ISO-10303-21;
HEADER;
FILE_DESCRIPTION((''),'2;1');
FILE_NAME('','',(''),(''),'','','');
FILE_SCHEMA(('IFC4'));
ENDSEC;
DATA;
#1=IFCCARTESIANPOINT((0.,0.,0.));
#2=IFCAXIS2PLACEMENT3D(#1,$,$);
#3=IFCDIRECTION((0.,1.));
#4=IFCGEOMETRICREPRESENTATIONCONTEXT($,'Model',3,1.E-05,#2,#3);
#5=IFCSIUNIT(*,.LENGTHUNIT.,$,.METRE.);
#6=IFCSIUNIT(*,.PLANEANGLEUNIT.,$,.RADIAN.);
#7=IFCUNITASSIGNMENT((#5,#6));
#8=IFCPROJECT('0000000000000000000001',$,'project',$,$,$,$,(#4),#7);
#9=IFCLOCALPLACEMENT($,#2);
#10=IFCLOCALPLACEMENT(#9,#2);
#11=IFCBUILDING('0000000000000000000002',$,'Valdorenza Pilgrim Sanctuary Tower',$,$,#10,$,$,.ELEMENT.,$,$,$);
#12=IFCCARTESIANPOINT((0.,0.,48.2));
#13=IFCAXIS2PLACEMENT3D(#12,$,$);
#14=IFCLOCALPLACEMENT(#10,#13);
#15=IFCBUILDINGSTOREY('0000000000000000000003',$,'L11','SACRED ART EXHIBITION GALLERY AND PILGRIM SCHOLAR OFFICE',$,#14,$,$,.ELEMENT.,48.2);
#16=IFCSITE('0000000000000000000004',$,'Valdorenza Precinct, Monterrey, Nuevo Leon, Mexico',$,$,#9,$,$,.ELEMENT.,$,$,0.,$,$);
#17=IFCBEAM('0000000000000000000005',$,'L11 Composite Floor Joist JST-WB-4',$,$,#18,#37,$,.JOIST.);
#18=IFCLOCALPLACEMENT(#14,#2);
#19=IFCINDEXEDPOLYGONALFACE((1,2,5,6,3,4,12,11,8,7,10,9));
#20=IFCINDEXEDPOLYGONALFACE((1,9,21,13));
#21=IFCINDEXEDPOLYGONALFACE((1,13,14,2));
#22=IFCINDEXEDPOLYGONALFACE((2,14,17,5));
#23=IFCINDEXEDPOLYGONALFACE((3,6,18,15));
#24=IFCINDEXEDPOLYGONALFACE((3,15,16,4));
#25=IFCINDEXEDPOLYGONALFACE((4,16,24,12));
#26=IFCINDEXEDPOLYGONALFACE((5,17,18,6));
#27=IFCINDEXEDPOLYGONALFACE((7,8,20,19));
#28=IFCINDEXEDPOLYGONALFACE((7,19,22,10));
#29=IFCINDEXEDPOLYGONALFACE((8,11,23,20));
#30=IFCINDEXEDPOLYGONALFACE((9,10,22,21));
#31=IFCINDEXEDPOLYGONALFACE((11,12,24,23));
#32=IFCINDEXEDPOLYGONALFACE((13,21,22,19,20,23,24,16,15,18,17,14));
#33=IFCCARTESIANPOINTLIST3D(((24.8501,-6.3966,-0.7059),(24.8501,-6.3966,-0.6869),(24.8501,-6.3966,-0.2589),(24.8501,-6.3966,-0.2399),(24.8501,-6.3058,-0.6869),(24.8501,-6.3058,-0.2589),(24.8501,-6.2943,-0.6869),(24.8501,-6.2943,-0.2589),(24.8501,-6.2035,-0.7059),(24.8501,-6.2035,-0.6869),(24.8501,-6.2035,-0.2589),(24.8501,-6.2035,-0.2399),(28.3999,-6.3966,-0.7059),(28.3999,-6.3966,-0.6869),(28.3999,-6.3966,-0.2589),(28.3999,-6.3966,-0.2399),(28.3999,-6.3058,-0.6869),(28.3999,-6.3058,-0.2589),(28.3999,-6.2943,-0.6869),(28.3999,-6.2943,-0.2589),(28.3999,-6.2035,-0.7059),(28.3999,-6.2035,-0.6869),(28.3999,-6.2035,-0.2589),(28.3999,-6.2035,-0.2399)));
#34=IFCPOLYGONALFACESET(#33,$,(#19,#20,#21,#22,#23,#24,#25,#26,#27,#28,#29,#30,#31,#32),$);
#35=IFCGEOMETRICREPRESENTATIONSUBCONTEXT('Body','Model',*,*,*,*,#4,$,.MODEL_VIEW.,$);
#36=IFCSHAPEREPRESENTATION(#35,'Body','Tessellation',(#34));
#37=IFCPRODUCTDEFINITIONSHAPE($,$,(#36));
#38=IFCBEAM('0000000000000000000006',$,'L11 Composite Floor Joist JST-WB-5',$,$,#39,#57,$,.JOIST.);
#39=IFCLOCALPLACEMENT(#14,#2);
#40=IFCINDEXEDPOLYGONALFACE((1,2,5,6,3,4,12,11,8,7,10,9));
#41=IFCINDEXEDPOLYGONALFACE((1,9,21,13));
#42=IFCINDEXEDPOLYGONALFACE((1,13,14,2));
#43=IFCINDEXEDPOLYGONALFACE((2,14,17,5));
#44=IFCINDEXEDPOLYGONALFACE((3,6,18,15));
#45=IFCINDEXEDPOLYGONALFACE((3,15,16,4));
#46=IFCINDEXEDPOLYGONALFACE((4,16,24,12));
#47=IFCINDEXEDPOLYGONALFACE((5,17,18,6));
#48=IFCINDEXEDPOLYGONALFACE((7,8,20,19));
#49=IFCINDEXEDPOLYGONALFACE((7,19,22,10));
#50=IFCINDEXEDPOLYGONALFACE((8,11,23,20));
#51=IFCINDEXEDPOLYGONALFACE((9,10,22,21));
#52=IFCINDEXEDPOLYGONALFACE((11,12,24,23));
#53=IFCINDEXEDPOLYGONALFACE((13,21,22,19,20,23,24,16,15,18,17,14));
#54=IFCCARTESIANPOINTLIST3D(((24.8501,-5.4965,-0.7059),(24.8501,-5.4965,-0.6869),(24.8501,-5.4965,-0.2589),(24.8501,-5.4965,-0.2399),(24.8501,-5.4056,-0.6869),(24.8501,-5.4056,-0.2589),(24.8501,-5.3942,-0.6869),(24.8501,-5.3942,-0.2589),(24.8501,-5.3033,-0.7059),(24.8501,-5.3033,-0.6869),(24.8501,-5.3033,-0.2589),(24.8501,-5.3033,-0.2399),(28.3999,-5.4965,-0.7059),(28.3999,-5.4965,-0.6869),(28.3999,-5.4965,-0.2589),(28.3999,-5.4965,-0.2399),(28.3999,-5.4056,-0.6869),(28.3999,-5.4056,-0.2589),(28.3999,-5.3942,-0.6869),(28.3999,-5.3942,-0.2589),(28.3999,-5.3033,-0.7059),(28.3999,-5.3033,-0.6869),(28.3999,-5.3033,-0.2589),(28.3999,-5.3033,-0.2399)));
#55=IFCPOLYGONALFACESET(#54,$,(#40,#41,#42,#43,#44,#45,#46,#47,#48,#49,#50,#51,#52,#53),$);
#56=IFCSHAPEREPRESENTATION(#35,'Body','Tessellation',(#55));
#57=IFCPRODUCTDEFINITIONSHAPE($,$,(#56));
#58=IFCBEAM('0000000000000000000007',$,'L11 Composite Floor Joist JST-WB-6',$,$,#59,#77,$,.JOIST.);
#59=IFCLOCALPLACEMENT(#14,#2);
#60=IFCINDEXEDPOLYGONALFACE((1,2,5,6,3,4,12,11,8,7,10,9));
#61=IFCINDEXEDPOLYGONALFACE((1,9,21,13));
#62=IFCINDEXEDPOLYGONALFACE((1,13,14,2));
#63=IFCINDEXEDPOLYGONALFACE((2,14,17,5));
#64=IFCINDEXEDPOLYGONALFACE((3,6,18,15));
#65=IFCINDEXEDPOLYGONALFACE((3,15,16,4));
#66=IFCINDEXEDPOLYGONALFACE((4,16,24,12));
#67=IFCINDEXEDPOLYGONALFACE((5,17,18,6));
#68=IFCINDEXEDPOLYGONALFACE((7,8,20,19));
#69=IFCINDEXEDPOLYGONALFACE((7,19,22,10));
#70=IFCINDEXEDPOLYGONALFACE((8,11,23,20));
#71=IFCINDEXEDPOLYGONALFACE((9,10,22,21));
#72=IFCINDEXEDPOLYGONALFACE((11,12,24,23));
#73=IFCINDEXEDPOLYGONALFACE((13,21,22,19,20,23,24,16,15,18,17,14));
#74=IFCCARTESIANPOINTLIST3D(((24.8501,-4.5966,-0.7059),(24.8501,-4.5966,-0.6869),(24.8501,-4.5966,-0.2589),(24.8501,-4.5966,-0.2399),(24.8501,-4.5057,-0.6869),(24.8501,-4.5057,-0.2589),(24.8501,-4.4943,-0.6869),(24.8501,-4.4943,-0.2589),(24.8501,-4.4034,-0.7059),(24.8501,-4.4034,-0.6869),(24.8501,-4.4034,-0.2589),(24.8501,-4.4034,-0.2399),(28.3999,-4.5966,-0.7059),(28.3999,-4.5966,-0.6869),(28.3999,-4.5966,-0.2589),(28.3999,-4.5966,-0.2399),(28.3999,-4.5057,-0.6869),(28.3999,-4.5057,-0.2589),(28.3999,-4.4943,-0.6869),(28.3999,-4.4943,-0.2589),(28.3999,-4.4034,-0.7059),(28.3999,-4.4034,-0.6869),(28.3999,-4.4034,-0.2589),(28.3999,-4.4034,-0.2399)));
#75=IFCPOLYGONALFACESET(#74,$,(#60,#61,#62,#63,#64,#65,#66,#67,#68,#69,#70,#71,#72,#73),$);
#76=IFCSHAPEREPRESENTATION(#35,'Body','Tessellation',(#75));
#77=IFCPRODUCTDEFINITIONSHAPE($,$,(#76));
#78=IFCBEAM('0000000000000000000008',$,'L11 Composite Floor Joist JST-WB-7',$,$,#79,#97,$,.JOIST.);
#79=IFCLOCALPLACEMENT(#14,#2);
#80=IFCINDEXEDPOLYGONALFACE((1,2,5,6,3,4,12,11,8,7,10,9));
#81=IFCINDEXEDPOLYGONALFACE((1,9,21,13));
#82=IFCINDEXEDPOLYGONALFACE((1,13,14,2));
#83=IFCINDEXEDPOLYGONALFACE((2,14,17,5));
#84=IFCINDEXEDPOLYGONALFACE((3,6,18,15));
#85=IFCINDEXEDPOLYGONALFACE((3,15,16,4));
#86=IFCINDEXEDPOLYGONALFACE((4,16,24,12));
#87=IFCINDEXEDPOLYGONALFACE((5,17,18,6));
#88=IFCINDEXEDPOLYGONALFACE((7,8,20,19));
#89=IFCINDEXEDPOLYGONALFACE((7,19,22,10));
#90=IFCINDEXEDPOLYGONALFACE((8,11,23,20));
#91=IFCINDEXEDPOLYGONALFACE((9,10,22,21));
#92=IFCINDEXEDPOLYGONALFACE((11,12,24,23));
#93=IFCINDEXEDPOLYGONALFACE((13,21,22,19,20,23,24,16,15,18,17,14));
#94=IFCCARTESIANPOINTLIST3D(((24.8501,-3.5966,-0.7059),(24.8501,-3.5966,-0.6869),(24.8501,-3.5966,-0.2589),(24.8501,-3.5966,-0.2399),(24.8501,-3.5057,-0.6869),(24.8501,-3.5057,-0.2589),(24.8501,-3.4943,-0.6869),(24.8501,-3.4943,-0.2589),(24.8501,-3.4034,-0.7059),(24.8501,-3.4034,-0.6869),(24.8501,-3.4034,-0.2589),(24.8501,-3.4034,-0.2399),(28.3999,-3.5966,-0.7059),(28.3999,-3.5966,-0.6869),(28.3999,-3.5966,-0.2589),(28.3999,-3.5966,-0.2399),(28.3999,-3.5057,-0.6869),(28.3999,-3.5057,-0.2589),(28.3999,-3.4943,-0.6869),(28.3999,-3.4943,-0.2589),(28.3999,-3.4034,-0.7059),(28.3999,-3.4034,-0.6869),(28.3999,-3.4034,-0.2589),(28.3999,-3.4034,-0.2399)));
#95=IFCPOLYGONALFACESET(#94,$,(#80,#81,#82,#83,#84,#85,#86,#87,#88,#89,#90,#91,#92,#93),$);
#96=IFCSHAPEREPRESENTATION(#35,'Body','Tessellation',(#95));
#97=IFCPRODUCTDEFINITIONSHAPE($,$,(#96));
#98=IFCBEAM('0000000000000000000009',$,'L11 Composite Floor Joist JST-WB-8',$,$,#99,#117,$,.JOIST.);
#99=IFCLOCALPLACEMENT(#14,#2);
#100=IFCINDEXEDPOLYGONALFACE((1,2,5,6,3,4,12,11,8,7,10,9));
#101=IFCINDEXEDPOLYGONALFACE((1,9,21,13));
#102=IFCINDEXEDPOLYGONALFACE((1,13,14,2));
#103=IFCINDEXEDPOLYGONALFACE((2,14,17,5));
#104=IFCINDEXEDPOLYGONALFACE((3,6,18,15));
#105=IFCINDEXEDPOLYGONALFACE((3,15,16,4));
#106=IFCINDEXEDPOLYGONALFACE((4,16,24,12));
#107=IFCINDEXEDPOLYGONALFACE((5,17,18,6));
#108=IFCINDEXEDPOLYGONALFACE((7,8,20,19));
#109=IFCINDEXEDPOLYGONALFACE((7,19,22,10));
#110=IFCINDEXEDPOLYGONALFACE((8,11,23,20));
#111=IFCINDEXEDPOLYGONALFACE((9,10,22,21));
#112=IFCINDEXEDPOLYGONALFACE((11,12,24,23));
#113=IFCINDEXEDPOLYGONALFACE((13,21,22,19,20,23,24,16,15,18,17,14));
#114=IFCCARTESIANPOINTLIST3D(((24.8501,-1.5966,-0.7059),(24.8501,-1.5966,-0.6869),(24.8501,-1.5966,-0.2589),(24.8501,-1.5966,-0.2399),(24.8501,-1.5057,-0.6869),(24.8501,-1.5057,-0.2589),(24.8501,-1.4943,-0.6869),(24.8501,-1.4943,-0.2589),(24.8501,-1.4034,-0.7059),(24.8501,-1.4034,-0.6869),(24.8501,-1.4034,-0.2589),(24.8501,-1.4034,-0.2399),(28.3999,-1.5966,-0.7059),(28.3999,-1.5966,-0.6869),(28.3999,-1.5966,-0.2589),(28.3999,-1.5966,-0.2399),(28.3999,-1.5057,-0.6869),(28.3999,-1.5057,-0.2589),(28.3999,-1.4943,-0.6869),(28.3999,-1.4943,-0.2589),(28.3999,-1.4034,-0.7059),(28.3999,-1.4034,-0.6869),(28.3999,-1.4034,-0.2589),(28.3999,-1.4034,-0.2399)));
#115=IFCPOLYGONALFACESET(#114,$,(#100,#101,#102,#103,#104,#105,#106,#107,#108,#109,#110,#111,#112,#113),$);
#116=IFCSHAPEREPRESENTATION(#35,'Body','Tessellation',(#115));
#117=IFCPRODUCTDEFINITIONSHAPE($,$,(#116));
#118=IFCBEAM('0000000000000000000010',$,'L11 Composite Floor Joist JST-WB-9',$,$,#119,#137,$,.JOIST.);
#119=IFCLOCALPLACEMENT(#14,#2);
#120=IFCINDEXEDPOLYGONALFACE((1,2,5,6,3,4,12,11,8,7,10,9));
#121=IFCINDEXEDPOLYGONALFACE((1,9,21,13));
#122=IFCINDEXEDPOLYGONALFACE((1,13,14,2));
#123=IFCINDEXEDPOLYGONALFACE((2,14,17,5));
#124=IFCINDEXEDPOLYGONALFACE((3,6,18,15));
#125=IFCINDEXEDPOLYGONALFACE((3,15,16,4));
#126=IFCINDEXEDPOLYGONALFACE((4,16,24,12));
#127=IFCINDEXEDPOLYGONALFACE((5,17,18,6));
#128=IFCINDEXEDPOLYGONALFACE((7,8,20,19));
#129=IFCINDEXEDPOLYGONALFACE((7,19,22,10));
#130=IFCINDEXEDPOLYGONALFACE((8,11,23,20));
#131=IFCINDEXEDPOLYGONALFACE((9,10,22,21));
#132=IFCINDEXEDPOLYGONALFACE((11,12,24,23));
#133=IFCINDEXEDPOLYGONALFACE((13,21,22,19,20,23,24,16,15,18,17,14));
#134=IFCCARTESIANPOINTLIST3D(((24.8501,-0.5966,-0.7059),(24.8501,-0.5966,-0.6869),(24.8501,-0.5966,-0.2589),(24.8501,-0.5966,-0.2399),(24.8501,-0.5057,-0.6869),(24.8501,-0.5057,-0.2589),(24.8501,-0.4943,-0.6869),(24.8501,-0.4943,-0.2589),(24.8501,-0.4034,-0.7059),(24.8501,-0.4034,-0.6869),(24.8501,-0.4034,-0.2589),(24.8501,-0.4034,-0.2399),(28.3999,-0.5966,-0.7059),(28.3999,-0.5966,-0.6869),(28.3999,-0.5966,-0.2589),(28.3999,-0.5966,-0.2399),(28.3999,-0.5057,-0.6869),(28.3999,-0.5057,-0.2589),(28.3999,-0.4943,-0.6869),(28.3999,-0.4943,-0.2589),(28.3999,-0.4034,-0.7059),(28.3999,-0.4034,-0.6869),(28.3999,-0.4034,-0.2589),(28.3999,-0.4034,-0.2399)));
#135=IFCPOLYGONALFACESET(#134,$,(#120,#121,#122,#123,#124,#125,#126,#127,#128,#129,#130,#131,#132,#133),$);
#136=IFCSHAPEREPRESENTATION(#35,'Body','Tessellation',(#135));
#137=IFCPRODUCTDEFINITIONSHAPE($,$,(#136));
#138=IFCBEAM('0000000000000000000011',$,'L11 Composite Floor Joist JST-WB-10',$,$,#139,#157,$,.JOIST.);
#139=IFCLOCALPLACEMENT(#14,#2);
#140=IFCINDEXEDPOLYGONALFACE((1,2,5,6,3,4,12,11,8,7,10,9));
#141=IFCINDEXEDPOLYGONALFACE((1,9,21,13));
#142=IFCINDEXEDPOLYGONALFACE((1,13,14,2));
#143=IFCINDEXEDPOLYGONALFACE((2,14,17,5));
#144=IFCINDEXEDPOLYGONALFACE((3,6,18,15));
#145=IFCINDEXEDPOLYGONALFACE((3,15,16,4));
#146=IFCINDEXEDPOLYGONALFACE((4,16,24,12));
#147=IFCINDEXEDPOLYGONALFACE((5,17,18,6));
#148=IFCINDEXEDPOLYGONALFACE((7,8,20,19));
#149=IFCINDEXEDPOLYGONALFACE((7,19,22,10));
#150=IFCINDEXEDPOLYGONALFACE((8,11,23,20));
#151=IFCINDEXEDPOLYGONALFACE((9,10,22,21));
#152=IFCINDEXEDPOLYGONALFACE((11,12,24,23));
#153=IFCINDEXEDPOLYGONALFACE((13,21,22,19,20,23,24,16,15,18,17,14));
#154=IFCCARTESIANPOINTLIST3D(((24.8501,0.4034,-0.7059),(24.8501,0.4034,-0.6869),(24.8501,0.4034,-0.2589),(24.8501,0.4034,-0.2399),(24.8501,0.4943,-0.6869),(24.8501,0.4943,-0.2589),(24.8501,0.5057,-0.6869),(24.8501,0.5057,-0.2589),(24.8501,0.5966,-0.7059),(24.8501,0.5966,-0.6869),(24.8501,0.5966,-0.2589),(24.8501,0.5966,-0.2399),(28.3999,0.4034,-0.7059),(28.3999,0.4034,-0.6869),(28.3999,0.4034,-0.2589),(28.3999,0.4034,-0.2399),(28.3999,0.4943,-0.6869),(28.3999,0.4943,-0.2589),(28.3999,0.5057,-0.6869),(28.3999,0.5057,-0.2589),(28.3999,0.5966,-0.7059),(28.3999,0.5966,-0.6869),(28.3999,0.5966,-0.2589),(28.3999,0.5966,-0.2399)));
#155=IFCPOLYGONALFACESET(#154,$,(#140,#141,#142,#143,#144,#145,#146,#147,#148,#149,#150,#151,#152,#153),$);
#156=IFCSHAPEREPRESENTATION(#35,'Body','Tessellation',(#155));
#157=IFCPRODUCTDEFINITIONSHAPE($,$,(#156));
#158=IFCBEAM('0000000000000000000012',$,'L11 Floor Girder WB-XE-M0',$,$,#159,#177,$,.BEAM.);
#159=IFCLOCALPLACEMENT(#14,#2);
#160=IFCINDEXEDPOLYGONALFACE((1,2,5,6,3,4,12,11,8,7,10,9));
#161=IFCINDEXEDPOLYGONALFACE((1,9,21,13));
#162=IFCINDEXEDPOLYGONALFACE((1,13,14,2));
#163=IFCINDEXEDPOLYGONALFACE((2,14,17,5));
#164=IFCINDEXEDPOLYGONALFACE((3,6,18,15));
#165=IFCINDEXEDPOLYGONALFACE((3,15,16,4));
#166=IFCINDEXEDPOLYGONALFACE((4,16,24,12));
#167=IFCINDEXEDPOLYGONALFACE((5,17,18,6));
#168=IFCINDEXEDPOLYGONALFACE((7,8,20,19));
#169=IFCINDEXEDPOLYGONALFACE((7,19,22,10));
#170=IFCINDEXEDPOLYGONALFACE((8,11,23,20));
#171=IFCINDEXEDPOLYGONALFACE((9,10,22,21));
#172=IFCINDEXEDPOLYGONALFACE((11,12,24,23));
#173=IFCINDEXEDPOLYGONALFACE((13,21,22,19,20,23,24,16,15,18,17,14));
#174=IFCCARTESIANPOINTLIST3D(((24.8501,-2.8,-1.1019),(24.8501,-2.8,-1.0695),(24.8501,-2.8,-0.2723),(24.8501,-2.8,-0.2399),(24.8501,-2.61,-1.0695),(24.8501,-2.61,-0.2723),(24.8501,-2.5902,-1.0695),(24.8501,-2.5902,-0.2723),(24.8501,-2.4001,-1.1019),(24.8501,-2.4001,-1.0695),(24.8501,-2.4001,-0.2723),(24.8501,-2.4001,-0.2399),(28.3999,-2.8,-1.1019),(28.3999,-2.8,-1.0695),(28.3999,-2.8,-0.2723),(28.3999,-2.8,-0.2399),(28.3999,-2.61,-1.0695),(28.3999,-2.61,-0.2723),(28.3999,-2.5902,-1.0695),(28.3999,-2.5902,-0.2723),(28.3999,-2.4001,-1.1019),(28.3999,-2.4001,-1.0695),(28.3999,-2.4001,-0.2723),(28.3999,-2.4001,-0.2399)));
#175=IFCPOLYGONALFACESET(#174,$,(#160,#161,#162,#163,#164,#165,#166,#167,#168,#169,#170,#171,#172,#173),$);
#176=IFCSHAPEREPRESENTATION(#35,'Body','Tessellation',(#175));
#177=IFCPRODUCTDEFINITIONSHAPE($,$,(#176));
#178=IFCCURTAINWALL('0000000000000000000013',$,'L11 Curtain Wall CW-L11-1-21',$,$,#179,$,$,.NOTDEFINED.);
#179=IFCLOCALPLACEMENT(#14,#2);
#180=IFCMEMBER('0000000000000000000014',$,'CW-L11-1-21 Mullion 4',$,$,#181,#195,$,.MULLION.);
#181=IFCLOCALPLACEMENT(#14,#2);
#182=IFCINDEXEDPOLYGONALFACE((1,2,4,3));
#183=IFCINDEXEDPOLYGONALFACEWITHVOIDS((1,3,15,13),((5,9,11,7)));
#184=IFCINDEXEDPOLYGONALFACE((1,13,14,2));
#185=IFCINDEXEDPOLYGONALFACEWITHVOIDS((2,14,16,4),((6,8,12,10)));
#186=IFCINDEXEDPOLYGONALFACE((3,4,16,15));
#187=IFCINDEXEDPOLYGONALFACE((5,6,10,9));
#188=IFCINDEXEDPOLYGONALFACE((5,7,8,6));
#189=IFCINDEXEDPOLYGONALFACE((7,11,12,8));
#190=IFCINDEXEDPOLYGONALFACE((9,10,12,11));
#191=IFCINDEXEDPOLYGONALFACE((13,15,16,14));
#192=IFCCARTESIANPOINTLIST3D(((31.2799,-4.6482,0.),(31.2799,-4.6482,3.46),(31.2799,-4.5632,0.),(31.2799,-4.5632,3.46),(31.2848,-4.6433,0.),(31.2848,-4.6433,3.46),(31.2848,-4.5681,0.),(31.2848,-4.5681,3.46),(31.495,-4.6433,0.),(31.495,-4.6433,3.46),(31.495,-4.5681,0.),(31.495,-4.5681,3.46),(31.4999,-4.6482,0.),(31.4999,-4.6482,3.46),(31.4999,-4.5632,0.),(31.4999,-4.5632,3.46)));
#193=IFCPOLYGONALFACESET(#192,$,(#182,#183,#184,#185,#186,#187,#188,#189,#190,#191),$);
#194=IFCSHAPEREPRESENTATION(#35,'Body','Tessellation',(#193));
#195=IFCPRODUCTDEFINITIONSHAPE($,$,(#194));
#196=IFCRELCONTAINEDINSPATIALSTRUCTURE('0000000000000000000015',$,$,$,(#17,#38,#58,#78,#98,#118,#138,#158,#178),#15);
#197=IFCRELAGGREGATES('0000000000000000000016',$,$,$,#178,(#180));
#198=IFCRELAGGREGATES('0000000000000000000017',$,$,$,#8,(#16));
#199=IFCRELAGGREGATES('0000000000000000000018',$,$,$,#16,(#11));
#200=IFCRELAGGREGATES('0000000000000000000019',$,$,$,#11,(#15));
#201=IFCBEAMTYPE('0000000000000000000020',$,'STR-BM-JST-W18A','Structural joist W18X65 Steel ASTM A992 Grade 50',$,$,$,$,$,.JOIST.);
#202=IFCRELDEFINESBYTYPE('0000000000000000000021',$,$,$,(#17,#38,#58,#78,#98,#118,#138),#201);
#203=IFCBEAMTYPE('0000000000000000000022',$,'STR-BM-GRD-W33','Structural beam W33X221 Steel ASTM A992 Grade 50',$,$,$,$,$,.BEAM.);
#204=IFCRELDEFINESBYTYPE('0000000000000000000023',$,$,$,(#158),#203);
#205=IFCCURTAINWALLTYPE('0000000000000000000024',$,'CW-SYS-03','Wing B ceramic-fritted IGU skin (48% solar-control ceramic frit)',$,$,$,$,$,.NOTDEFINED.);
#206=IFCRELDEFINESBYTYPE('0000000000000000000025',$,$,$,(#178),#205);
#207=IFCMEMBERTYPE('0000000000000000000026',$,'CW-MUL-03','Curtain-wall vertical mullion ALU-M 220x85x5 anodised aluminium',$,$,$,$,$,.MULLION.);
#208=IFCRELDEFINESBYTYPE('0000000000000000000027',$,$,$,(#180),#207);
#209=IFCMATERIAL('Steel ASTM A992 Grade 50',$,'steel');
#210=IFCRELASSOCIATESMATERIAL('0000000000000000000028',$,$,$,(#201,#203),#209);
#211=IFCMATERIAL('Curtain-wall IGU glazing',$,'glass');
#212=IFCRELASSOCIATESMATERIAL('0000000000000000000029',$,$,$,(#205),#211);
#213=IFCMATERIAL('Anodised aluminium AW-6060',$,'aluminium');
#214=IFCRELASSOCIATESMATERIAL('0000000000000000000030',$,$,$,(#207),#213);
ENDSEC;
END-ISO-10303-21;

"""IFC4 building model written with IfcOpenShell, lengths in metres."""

from ifc_helpers import new_model, si_unit, direction, frame, origin, origin_2d, place, context, subcontext, project, spatial, hollow_rectangle, i_section, extrude, source, transform, mapped, material, material_profile, profile_set, type_object, element, aggregate, save


model = new_model("IFC4")

# Units and contexts
model_context = context("Model", 3, precision=1e-05, world=origin(), true_north=direction((0.0, 1.0)))
body_context = subcontext(model_context, "Body", "Model", "MODEL_VIEW")
ifc_project = project(units=[si_unit("LENGTHUNIT", "METRE"), si_unit("PLANEANGLEUNIT", "RADIAN")], contexts=[model_context])

# Site, building, storey
site_placement = place(None, origin())
site = spatial("IfcSite", under=ifc_project, at=site_placement, Name="Valdorenza Precinct, Monterrey, Nuevo Leon, Mexico", CompositionType="ELEMENT", RefElevation=0.0)
building_placement = place(site_placement, origin())
building = spatial("IfcBuilding", under=site, at=building_placement, Name="Valdorenza Pilgrim Sanctuary Tower", CompositionType="ELEMENT")
storey_placement = place(building_placement, frame((0.0, 0.0, 48.2)))
storey = spatial("IfcBuildingStorey", under=building, at=storey_placement, Name="L11", Description="SACRED ART EXHIBITION GALLERY AND PILGRIM SCHOLAR OFFICE", CompositionType="ELEMENT", Elevation=48.2)

# Beams
ifc_material_1 = material(Name="Steel ASTM A992 Grade 50", Category="steel")
ifc_material_profile_1 = material_profile(ifc_material_1, i_section(OverallWidth=0.1931, OverallDepth=0.4661, WebThickness=0.0115, FlangeThickness=0.019, at=origin_2d()), Name="W18X65")
ifc_profile_set_1 = profile_set([ifc_material_profile_1], Name="Steel ASTM A992 Grade 50")
beam_type_1 = type_object("IfcBeamType", Name="STR-BM-JST-W18A", Description="Structural joist W18X65 Steel ASTM A992 Grade 50", PredefinedType="JOIST", material=ifc_profile_set_1)
shared_shape_1 = source(origin(), body_context, "Body", "SweptSolid", [
    extrude(i_section(OverallWidth=0.1931, OverallDepth=0.4661, WebThickness=0.0115, FlangeThickness=0.019, at=origin_2d()), origin(), (0.0, 0.0, 1.0), 3.5498),
])
for number, where, z_axis, x_axis, name in (
    (1, (24.8501, -6.3, -0.4729), (1.0, 0.0, 0.0), (0.0, 1.0, 0.0), "L11 Composite Floor Joist JST-WB-4"),
    (2, (24.8501, -5.3999, -0.4729), (1.0, 0.0, 0.0), (0.0, 1.0, 0.0), "L11 Composite Floor Joist JST-WB-5"),
    (3, (24.8501, -4.5, -0.4729), (1.0, 0.0, 0.0), (0.0, 1.0, 0.0), "L11 Composite Floor Joist JST-WB-6"),
    (4, (24.8501, -3.5, -0.4729), (1.0, 0.0, 0.0), (0.0, 1.0, 0.0), "L11 Composite Floor Joist JST-WB-7"),
    (5, (24.8501, -1.5, -0.4729), (1.0, 0.0, 0.0), (0.0, 1.0, 0.0), "L11 Composite Floor Joist JST-WB-8"),
    (6, (24.8501, -0.5, -0.4729), (1.0, 0.0, 0.0), (0.0, 1.0, 0.0), "L11 Composite Floor Joist JST-WB-9"),
    (7, (24.8501, 0.5, -0.4729), (1.0, 0.0, 0.0), (0.0, 1.0, 0.0), "L11 Composite Floor Joist JST-WB-10"),
):
    element("IfcBeam", number, at=place(storey_placement, frame(where, z_axis=z_axis, x_axis=x_axis)), inside=storey, type_object=beam_type_1, Name=name, PredefinedType="JOIST", context=body_context, shape_type="MappedRepresentation", body=[
        mapped(shared_shape_1, transform((0.0, 0.0, 0.0), x_axis=(1.0, 0.0, 0.0), y_axis=(0.0, 1.0, 0.0), z_axis=(0.0, 0.0, 1.0), scale=1.0)),
    ])
ifc_material_profile_2 = material_profile(ifc_material_1, i_section(OverallWidth=0.3999, OverallDepth=0.8621, WebThickness=0.0198, FlangeThickness=0.0325, at=origin_2d()), Name="W33X221")
ifc_profile_set_2 = profile_set([ifc_material_profile_2], Name="Steel ASTM A992 Grade 50")
beam_type_2 = type_object("IfcBeamType", Name="STR-BM-GRD-W33", Description="Structural beam W33X221 Steel ASTM A992 Grade 50", PredefinedType="BEAM", material=ifc_profile_set_2)
shared_shape_2 = source(origin(), body_context, "Body", "SweptSolid", [
    extrude(i_section(OverallWidth=0.3999, OverallDepth=0.8621, WebThickness=0.0198, FlangeThickness=0.0325, at=origin_2d()), origin(), (0.0, 0.0, 1.0), 3.5498),
])
beam_1_placement = place(storey_placement, frame((24.8501, -2.6001, -0.6709), z_axis=(1.0, 0.0, 0.0), x_axis=(0.0, 1.0, 0.0)))
element("IfcBeam", 8, at=beam_1_placement, inside=storey, type_object=beam_type_2, Name="L11 Floor Girder WB-XE-M0", PredefinedType="BEAM", context=body_context, shape_type="MappedRepresentation", body=[
    mapped(shared_shape_2, transform((0.0, 0.0, 0.0), x_axis=(1.0, 0.0, 0.0), y_axis=(0.0, 1.0, 0.0), z_axis=(0.0, 0.0, 1.0), scale=1.0)),
])

# Curtain wall, member
ifc_material_2 = material(Name="Curtain-wall IGU glazing", Category="glass")
curtain_wall_type = type_object("IfcCurtainWallType", Name="CW-SYS-03", Description="Wing B ceramic-fritted IGU skin (48% solar-control ceramic frit)", PredefinedType="NOTDEFINED", material=ifc_material_2)
curtain_wall_1_placement = place(storey_placement, origin())
curtain_wall_1 = element("IfcCurtainWall", 9, at=curtain_wall_1_placement, inside=storey, type_object=curtain_wall_type, Name="L11 Curtain Wall CW-L11-1-21", PredefinedType="NOTDEFINED")
ifc_material_3 = material(Name="Anodised aluminium AW-6060", Category="aluminium")
ifc_material_profile_3 = material_profile(ifc_material_3, hollow_rectangle(XDim=0.085, YDim=0.22, WallThickness=0.0049, at=origin_2d()), Name="ALU-M 220x85x5")
ifc_profile_set_3 = profile_set([ifc_material_profile_3], Name="Anodised aluminium AW-6060")
member_type_1 = type_object("IfcMemberType", Name="CW-MUL-03", Description="Curtain-wall vertical mullion ALU-M 220x85x5 anodised aluminium", PredefinedType="MULLION", material=ifc_profile_set_3)
shared_shape_3 = source(origin(), body_context, "Body", "SweptSolid", [
    extrude(hollow_rectangle(XDim=0.085, YDim=0.22, WallThickness=0.0049, at=origin_2d()), origin(), (0.0, 0.0, 1.0), 3.46),
])
member_1_placement = place(storey_placement, frame((31.3899, -4.6057, 0.0), z_axis=(0.0, 0.0, 1.0), x_axis=(0.0, -1.0, 0.0)))
member_1 = element("IfcMember", 10, at=member_1_placement, type_object=member_type_1, Name="CW-L11-1-21 Mullion 4", PredefinedType="MULLION", context=body_context, shape_type="MappedRepresentation", body=[
    mapped(shared_shape_3, transform((0.0, 0.0, 0.0), x_axis=(1.0, 0.0, 0.0), y_axis=(0.0, 1.0, 0.0), z_axis=(0.0, 0.0, 1.0), scale=1.0)),
])

aggregate(curtain_wall_1, [member_1])

save(model, "model.ifc")
